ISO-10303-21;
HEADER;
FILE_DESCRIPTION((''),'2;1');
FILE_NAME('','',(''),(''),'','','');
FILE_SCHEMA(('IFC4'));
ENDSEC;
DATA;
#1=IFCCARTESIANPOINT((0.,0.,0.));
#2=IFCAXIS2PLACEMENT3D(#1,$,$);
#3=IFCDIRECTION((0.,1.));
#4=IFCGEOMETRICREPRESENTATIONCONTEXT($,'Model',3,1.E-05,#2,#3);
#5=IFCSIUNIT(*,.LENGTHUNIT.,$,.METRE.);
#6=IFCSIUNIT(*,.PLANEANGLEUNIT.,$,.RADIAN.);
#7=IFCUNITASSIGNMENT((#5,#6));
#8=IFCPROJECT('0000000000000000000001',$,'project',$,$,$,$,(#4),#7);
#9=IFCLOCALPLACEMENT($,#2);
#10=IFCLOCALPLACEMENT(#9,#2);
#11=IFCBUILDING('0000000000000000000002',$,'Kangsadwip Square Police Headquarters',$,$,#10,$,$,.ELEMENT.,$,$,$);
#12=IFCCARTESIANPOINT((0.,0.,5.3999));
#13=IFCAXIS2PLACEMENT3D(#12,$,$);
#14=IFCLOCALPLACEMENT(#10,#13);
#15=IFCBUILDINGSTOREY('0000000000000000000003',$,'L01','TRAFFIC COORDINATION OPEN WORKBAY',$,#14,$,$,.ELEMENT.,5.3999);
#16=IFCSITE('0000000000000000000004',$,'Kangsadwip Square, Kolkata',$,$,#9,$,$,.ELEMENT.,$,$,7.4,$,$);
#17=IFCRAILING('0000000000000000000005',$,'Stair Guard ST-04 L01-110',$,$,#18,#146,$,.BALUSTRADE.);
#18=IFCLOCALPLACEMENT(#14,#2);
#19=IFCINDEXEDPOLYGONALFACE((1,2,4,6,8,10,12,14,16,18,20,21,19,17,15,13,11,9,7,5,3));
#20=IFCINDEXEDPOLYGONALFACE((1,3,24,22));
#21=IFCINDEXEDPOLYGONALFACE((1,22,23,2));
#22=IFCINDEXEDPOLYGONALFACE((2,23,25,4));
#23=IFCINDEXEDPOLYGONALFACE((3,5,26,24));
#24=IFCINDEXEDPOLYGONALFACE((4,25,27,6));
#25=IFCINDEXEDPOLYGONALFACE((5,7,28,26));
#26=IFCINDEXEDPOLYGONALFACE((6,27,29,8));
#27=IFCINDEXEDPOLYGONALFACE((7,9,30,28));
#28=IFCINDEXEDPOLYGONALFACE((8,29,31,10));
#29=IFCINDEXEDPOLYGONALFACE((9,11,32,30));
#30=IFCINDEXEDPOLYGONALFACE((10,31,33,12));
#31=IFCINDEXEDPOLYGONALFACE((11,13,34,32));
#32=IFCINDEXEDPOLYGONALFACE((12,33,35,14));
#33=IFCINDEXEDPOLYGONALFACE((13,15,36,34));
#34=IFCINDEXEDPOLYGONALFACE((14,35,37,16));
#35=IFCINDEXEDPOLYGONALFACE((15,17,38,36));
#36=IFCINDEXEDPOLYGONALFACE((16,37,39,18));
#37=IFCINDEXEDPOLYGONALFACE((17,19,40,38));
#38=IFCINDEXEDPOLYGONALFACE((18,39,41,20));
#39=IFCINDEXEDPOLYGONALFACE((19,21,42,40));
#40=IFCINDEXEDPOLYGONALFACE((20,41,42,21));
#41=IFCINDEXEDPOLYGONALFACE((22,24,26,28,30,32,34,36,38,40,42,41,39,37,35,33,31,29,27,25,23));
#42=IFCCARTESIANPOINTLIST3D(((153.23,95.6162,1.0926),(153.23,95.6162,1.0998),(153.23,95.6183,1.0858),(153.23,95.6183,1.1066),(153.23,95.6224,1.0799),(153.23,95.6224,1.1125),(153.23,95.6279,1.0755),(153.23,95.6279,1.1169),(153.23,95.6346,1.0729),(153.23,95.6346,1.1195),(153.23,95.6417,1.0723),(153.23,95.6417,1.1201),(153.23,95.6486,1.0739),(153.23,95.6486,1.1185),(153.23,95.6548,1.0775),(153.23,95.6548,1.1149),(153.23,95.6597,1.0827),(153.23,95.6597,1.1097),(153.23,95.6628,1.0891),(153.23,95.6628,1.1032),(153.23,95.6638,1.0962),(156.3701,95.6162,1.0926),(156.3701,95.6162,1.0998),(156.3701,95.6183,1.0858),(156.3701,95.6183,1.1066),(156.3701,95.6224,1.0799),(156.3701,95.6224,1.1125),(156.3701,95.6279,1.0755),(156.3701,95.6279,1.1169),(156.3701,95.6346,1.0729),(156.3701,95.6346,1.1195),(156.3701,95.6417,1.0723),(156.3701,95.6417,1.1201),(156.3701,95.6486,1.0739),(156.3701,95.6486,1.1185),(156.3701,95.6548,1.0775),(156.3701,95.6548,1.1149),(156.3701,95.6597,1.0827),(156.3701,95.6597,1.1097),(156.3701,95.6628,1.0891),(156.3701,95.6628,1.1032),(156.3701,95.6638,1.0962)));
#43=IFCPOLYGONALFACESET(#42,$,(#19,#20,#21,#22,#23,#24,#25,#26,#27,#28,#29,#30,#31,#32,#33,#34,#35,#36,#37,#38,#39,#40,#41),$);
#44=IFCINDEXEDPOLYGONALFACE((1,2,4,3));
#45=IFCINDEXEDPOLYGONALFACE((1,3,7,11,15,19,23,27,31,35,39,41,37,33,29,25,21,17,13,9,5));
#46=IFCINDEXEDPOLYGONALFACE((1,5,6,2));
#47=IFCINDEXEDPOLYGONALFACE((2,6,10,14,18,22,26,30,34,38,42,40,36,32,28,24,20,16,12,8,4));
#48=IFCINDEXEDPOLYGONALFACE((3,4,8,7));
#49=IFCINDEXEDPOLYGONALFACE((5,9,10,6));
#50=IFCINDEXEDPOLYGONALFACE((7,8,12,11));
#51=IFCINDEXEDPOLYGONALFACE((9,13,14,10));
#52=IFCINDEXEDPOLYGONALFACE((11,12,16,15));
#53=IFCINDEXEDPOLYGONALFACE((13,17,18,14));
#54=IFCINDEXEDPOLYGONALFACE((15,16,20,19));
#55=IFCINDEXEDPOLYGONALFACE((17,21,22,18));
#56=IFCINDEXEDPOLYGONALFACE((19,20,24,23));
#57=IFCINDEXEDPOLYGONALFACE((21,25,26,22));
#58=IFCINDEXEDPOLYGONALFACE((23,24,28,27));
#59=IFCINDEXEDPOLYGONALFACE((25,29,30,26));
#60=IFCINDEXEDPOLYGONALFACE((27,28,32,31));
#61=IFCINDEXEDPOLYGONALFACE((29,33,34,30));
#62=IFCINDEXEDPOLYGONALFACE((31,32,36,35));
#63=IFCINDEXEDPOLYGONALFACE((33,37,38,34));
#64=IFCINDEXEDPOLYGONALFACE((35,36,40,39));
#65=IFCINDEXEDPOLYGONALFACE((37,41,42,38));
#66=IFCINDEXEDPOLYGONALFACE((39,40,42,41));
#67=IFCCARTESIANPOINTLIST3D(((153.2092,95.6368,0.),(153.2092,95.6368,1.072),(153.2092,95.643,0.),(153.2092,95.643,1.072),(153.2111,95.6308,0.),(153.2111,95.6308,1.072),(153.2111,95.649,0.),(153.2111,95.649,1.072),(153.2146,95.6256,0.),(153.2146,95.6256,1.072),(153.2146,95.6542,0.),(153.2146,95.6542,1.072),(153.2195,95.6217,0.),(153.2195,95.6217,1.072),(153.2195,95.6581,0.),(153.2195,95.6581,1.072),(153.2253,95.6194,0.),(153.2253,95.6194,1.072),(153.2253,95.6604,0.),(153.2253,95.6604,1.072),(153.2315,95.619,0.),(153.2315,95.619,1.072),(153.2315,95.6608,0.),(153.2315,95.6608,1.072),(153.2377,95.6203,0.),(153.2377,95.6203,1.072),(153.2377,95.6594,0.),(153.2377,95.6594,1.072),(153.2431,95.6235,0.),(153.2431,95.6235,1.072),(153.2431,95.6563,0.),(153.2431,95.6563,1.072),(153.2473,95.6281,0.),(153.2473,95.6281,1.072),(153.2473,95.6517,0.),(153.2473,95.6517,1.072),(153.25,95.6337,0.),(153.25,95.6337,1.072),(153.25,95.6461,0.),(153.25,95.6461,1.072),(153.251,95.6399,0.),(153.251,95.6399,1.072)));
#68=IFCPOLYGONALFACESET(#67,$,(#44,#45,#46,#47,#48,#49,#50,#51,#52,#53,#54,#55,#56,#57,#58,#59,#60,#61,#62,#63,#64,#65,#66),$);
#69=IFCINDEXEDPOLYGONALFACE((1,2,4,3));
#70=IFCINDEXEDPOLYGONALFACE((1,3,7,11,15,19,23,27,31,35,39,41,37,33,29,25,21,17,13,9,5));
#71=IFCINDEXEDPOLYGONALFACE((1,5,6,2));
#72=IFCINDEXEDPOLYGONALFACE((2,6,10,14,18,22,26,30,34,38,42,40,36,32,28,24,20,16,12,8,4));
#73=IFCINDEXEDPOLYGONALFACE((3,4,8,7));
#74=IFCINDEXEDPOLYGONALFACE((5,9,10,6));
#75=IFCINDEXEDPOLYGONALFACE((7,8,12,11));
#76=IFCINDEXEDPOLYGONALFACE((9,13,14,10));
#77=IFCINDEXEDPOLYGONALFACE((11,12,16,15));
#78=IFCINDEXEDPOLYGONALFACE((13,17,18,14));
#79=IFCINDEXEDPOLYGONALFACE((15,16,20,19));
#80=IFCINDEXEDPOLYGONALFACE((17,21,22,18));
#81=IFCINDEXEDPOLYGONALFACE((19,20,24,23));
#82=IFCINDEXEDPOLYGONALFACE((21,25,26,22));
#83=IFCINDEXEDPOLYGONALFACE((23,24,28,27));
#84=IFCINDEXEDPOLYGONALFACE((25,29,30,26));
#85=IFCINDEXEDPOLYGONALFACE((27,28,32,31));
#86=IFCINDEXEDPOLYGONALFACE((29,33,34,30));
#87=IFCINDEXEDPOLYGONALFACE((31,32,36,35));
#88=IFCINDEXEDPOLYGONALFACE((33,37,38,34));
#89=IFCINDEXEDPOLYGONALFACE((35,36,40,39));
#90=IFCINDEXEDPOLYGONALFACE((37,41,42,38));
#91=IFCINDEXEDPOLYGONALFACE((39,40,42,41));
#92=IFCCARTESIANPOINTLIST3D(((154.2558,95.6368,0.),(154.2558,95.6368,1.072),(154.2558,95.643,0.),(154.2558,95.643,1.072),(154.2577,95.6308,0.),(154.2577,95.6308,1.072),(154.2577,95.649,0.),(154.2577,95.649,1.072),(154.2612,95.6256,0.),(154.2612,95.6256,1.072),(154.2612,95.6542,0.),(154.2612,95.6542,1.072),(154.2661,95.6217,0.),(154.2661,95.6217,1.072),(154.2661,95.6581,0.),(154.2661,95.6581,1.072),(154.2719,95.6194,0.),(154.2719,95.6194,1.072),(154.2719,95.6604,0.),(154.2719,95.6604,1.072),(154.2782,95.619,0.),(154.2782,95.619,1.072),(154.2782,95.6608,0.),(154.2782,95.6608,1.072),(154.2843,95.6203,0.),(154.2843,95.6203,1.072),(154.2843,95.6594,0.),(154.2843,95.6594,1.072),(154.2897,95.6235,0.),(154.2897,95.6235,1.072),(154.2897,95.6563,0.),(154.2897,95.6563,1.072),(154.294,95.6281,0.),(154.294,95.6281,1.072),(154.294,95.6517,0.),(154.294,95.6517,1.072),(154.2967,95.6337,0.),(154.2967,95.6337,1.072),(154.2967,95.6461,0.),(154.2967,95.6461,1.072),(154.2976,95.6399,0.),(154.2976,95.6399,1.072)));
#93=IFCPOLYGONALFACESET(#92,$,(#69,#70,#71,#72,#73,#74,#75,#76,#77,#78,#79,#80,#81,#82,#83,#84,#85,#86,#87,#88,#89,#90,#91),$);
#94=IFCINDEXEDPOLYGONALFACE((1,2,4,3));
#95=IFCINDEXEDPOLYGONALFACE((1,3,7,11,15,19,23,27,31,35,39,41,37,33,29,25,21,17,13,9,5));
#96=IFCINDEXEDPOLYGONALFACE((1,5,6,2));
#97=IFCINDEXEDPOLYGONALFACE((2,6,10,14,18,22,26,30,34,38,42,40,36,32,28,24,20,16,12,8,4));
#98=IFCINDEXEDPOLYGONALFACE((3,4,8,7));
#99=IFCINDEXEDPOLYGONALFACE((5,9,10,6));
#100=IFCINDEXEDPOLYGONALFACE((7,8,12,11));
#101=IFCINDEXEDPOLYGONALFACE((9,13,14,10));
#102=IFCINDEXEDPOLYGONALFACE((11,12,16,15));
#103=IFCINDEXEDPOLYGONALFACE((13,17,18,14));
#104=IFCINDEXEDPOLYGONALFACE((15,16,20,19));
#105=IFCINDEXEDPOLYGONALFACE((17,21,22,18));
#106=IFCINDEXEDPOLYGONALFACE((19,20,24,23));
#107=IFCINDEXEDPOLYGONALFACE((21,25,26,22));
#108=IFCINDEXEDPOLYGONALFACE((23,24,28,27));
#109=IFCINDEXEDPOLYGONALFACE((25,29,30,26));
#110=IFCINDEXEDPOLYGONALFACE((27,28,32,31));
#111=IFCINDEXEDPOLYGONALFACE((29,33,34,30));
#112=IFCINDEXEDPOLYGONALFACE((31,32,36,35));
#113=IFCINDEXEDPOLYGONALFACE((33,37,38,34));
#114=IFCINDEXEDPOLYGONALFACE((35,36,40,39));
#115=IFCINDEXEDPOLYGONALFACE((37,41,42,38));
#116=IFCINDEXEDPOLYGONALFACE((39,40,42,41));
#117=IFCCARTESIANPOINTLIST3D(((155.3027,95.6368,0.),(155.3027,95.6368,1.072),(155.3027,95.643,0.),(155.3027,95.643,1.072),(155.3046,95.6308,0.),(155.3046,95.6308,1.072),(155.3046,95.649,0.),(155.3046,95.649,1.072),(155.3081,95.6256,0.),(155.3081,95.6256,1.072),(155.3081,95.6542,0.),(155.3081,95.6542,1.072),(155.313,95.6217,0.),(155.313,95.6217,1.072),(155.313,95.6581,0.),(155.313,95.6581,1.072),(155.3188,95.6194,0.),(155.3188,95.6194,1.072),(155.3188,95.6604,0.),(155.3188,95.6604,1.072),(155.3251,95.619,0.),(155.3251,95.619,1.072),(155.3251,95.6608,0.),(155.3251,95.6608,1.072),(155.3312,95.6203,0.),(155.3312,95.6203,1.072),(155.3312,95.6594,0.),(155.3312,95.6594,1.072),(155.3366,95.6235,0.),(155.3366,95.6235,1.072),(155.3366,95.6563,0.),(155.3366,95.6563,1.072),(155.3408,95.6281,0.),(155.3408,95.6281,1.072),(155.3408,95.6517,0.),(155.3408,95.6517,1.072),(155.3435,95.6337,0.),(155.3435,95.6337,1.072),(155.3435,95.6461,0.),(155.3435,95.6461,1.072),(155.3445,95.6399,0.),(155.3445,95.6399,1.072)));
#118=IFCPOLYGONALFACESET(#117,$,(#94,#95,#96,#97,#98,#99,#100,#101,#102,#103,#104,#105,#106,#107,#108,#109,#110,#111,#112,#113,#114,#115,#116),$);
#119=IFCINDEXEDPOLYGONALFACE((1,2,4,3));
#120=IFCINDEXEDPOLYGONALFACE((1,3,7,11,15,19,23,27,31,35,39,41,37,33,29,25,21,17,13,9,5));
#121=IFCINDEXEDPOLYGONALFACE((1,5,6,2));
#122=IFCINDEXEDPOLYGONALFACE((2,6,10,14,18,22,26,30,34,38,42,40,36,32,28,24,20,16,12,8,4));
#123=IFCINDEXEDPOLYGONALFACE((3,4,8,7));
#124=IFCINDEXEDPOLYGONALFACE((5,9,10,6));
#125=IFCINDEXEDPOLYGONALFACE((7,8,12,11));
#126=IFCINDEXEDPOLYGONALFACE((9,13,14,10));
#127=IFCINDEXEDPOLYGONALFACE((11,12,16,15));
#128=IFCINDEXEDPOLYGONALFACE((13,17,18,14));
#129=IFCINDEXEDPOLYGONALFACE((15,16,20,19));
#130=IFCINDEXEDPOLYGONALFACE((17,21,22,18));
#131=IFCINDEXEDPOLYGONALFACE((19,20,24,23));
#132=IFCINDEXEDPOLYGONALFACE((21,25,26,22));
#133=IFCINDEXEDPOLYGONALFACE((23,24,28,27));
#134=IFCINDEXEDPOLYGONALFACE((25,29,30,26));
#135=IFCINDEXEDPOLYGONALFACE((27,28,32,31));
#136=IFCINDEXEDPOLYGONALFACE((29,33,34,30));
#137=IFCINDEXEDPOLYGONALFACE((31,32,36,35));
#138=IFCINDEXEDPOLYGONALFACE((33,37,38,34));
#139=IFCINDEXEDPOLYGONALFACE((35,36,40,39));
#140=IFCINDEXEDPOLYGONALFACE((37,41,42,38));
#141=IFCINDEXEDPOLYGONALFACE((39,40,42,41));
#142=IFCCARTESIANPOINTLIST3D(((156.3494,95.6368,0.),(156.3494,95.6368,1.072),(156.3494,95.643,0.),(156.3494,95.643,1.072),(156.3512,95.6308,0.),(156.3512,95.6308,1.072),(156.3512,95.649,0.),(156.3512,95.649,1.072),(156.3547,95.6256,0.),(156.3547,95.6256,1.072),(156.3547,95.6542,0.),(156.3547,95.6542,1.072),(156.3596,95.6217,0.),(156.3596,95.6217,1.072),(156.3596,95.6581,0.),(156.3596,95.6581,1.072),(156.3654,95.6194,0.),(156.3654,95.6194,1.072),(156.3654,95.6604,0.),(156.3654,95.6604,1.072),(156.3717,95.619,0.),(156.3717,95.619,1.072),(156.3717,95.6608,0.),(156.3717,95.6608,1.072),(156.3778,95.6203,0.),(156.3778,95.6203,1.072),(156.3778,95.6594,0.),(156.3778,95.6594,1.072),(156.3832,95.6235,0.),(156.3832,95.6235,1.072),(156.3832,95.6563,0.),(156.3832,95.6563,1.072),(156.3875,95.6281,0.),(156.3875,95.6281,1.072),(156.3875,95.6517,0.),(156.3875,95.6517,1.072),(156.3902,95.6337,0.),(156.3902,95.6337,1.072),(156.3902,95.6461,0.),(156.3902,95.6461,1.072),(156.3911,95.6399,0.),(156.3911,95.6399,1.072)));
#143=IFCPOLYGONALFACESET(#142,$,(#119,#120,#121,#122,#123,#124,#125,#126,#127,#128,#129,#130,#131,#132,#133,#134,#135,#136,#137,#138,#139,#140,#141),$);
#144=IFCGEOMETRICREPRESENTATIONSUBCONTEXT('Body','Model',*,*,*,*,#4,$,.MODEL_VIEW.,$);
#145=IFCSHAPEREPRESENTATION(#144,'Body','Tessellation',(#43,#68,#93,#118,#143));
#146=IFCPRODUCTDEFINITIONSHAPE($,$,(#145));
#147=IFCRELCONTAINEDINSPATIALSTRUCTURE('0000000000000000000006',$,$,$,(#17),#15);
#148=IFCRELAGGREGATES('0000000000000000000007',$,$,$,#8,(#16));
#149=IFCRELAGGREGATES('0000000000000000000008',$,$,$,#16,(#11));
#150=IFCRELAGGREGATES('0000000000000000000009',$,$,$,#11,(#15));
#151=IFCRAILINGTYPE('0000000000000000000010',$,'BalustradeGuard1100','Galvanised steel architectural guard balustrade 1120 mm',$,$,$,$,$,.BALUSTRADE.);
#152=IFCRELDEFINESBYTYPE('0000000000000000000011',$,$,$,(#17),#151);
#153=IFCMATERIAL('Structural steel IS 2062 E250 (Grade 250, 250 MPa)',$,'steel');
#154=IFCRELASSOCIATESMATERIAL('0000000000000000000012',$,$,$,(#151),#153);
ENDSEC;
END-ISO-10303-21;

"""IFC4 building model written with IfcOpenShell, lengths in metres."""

from ifc_helpers import new_model, si_unit, direction, frame, origin, origin_2d, place, context, subcontext, project, spatial, circle, extrude, material, type_object, element, save


model = new_model("IFC4")

# Units and contexts
model_context = context("Model", 3, precision=1e-05, world=origin(), true_north=direction((0.0, 1.0)))
body_context = subcontext(model_context, "Body", "Model", "MODEL_VIEW")
ifc_project = project(units=[si_unit("LENGTHUNIT", "METRE"), si_unit("PLANEANGLEUNIT", "RADIAN")], contexts=[model_context])

# Site, building, storey
site_placement = place(None, origin())
site = spatial("IfcSite", under=ifc_project, at=site_placement, Name="Kangsadwip Square, Kolkata", CompositionType="ELEMENT", RefElevation=7.4)
building_placement = place(site_placement, origin())
building = spatial("IfcBuilding", under=site, at=building_placement, Name="Kangsadwip Square Police Headquarters", CompositionType="ELEMENT")
storey_placement = place(building_placement, frame((0.0, 0.0, 5.3999)))
storey = spatial("IfcBuildingStorey", under=building, at=storey_placement, Name="L01", Description="TRAFFIC COORDINATION OPEN WORKBAY", CompositionType="ELEMENT", Elevation=5.3999)

# Railing
ifc_material_1 = material(Name="Structural steel IS 2062 E250 (Grade 250, 250 MPa)", Category="steel")
railing_type_1 = type_object("IfcRailingType", Name="BalustradeGuard1100", Description="Galvanised steel architectural guard balustrade 1120 mm", PredefinedType="BALUSTRADE", material=ifc_material_1)
for number, where, name in (
    (1, (153.23, 95.6399, 0.0), "Stair Guard ST-04 L01-110"),
):
    element("IfcRailing", number, at=place(storey_placement, frame(where)), inside=storey, type_object=railing_type_1, Name=name, PredefinedType="BALUSTRADE", context=body_context, shape_type="SweptSolid", body=[
        extrude(circle(Radius=0.0239, at=origin_2d()), frame((0.0, 0.0, 1.0962), z_axis=(1.0, 0.0, 0.0), x_axis=(0.0, 1.0, 0.0)), (0.0, 0.0, 1.0), 3.1401),
        extrude(circle(Radius=0.021, at=origin_2d()), origin(), (0.0, 0.0, 1.0), 1.072),
        extrude(circle(Radius=0.021, at=origin_2d()), frame((1.0466, 0.0, 0.0)), (0.0, 0.0, 1.0), 1.072),
        extrude(circle(Radius=0.021, at=origin_2d()), frame((2.0935, 0.0, 0.0)), (0.0, 0.0, 1.0), 1.072),
        extrude(circle(Radius=0.021, at=origin_2d()), frame((3.1401, 0.0, 0.0)), (0.0, 0.0, 1.0), 1.072),
    ])

save(model, "model.ifc")
